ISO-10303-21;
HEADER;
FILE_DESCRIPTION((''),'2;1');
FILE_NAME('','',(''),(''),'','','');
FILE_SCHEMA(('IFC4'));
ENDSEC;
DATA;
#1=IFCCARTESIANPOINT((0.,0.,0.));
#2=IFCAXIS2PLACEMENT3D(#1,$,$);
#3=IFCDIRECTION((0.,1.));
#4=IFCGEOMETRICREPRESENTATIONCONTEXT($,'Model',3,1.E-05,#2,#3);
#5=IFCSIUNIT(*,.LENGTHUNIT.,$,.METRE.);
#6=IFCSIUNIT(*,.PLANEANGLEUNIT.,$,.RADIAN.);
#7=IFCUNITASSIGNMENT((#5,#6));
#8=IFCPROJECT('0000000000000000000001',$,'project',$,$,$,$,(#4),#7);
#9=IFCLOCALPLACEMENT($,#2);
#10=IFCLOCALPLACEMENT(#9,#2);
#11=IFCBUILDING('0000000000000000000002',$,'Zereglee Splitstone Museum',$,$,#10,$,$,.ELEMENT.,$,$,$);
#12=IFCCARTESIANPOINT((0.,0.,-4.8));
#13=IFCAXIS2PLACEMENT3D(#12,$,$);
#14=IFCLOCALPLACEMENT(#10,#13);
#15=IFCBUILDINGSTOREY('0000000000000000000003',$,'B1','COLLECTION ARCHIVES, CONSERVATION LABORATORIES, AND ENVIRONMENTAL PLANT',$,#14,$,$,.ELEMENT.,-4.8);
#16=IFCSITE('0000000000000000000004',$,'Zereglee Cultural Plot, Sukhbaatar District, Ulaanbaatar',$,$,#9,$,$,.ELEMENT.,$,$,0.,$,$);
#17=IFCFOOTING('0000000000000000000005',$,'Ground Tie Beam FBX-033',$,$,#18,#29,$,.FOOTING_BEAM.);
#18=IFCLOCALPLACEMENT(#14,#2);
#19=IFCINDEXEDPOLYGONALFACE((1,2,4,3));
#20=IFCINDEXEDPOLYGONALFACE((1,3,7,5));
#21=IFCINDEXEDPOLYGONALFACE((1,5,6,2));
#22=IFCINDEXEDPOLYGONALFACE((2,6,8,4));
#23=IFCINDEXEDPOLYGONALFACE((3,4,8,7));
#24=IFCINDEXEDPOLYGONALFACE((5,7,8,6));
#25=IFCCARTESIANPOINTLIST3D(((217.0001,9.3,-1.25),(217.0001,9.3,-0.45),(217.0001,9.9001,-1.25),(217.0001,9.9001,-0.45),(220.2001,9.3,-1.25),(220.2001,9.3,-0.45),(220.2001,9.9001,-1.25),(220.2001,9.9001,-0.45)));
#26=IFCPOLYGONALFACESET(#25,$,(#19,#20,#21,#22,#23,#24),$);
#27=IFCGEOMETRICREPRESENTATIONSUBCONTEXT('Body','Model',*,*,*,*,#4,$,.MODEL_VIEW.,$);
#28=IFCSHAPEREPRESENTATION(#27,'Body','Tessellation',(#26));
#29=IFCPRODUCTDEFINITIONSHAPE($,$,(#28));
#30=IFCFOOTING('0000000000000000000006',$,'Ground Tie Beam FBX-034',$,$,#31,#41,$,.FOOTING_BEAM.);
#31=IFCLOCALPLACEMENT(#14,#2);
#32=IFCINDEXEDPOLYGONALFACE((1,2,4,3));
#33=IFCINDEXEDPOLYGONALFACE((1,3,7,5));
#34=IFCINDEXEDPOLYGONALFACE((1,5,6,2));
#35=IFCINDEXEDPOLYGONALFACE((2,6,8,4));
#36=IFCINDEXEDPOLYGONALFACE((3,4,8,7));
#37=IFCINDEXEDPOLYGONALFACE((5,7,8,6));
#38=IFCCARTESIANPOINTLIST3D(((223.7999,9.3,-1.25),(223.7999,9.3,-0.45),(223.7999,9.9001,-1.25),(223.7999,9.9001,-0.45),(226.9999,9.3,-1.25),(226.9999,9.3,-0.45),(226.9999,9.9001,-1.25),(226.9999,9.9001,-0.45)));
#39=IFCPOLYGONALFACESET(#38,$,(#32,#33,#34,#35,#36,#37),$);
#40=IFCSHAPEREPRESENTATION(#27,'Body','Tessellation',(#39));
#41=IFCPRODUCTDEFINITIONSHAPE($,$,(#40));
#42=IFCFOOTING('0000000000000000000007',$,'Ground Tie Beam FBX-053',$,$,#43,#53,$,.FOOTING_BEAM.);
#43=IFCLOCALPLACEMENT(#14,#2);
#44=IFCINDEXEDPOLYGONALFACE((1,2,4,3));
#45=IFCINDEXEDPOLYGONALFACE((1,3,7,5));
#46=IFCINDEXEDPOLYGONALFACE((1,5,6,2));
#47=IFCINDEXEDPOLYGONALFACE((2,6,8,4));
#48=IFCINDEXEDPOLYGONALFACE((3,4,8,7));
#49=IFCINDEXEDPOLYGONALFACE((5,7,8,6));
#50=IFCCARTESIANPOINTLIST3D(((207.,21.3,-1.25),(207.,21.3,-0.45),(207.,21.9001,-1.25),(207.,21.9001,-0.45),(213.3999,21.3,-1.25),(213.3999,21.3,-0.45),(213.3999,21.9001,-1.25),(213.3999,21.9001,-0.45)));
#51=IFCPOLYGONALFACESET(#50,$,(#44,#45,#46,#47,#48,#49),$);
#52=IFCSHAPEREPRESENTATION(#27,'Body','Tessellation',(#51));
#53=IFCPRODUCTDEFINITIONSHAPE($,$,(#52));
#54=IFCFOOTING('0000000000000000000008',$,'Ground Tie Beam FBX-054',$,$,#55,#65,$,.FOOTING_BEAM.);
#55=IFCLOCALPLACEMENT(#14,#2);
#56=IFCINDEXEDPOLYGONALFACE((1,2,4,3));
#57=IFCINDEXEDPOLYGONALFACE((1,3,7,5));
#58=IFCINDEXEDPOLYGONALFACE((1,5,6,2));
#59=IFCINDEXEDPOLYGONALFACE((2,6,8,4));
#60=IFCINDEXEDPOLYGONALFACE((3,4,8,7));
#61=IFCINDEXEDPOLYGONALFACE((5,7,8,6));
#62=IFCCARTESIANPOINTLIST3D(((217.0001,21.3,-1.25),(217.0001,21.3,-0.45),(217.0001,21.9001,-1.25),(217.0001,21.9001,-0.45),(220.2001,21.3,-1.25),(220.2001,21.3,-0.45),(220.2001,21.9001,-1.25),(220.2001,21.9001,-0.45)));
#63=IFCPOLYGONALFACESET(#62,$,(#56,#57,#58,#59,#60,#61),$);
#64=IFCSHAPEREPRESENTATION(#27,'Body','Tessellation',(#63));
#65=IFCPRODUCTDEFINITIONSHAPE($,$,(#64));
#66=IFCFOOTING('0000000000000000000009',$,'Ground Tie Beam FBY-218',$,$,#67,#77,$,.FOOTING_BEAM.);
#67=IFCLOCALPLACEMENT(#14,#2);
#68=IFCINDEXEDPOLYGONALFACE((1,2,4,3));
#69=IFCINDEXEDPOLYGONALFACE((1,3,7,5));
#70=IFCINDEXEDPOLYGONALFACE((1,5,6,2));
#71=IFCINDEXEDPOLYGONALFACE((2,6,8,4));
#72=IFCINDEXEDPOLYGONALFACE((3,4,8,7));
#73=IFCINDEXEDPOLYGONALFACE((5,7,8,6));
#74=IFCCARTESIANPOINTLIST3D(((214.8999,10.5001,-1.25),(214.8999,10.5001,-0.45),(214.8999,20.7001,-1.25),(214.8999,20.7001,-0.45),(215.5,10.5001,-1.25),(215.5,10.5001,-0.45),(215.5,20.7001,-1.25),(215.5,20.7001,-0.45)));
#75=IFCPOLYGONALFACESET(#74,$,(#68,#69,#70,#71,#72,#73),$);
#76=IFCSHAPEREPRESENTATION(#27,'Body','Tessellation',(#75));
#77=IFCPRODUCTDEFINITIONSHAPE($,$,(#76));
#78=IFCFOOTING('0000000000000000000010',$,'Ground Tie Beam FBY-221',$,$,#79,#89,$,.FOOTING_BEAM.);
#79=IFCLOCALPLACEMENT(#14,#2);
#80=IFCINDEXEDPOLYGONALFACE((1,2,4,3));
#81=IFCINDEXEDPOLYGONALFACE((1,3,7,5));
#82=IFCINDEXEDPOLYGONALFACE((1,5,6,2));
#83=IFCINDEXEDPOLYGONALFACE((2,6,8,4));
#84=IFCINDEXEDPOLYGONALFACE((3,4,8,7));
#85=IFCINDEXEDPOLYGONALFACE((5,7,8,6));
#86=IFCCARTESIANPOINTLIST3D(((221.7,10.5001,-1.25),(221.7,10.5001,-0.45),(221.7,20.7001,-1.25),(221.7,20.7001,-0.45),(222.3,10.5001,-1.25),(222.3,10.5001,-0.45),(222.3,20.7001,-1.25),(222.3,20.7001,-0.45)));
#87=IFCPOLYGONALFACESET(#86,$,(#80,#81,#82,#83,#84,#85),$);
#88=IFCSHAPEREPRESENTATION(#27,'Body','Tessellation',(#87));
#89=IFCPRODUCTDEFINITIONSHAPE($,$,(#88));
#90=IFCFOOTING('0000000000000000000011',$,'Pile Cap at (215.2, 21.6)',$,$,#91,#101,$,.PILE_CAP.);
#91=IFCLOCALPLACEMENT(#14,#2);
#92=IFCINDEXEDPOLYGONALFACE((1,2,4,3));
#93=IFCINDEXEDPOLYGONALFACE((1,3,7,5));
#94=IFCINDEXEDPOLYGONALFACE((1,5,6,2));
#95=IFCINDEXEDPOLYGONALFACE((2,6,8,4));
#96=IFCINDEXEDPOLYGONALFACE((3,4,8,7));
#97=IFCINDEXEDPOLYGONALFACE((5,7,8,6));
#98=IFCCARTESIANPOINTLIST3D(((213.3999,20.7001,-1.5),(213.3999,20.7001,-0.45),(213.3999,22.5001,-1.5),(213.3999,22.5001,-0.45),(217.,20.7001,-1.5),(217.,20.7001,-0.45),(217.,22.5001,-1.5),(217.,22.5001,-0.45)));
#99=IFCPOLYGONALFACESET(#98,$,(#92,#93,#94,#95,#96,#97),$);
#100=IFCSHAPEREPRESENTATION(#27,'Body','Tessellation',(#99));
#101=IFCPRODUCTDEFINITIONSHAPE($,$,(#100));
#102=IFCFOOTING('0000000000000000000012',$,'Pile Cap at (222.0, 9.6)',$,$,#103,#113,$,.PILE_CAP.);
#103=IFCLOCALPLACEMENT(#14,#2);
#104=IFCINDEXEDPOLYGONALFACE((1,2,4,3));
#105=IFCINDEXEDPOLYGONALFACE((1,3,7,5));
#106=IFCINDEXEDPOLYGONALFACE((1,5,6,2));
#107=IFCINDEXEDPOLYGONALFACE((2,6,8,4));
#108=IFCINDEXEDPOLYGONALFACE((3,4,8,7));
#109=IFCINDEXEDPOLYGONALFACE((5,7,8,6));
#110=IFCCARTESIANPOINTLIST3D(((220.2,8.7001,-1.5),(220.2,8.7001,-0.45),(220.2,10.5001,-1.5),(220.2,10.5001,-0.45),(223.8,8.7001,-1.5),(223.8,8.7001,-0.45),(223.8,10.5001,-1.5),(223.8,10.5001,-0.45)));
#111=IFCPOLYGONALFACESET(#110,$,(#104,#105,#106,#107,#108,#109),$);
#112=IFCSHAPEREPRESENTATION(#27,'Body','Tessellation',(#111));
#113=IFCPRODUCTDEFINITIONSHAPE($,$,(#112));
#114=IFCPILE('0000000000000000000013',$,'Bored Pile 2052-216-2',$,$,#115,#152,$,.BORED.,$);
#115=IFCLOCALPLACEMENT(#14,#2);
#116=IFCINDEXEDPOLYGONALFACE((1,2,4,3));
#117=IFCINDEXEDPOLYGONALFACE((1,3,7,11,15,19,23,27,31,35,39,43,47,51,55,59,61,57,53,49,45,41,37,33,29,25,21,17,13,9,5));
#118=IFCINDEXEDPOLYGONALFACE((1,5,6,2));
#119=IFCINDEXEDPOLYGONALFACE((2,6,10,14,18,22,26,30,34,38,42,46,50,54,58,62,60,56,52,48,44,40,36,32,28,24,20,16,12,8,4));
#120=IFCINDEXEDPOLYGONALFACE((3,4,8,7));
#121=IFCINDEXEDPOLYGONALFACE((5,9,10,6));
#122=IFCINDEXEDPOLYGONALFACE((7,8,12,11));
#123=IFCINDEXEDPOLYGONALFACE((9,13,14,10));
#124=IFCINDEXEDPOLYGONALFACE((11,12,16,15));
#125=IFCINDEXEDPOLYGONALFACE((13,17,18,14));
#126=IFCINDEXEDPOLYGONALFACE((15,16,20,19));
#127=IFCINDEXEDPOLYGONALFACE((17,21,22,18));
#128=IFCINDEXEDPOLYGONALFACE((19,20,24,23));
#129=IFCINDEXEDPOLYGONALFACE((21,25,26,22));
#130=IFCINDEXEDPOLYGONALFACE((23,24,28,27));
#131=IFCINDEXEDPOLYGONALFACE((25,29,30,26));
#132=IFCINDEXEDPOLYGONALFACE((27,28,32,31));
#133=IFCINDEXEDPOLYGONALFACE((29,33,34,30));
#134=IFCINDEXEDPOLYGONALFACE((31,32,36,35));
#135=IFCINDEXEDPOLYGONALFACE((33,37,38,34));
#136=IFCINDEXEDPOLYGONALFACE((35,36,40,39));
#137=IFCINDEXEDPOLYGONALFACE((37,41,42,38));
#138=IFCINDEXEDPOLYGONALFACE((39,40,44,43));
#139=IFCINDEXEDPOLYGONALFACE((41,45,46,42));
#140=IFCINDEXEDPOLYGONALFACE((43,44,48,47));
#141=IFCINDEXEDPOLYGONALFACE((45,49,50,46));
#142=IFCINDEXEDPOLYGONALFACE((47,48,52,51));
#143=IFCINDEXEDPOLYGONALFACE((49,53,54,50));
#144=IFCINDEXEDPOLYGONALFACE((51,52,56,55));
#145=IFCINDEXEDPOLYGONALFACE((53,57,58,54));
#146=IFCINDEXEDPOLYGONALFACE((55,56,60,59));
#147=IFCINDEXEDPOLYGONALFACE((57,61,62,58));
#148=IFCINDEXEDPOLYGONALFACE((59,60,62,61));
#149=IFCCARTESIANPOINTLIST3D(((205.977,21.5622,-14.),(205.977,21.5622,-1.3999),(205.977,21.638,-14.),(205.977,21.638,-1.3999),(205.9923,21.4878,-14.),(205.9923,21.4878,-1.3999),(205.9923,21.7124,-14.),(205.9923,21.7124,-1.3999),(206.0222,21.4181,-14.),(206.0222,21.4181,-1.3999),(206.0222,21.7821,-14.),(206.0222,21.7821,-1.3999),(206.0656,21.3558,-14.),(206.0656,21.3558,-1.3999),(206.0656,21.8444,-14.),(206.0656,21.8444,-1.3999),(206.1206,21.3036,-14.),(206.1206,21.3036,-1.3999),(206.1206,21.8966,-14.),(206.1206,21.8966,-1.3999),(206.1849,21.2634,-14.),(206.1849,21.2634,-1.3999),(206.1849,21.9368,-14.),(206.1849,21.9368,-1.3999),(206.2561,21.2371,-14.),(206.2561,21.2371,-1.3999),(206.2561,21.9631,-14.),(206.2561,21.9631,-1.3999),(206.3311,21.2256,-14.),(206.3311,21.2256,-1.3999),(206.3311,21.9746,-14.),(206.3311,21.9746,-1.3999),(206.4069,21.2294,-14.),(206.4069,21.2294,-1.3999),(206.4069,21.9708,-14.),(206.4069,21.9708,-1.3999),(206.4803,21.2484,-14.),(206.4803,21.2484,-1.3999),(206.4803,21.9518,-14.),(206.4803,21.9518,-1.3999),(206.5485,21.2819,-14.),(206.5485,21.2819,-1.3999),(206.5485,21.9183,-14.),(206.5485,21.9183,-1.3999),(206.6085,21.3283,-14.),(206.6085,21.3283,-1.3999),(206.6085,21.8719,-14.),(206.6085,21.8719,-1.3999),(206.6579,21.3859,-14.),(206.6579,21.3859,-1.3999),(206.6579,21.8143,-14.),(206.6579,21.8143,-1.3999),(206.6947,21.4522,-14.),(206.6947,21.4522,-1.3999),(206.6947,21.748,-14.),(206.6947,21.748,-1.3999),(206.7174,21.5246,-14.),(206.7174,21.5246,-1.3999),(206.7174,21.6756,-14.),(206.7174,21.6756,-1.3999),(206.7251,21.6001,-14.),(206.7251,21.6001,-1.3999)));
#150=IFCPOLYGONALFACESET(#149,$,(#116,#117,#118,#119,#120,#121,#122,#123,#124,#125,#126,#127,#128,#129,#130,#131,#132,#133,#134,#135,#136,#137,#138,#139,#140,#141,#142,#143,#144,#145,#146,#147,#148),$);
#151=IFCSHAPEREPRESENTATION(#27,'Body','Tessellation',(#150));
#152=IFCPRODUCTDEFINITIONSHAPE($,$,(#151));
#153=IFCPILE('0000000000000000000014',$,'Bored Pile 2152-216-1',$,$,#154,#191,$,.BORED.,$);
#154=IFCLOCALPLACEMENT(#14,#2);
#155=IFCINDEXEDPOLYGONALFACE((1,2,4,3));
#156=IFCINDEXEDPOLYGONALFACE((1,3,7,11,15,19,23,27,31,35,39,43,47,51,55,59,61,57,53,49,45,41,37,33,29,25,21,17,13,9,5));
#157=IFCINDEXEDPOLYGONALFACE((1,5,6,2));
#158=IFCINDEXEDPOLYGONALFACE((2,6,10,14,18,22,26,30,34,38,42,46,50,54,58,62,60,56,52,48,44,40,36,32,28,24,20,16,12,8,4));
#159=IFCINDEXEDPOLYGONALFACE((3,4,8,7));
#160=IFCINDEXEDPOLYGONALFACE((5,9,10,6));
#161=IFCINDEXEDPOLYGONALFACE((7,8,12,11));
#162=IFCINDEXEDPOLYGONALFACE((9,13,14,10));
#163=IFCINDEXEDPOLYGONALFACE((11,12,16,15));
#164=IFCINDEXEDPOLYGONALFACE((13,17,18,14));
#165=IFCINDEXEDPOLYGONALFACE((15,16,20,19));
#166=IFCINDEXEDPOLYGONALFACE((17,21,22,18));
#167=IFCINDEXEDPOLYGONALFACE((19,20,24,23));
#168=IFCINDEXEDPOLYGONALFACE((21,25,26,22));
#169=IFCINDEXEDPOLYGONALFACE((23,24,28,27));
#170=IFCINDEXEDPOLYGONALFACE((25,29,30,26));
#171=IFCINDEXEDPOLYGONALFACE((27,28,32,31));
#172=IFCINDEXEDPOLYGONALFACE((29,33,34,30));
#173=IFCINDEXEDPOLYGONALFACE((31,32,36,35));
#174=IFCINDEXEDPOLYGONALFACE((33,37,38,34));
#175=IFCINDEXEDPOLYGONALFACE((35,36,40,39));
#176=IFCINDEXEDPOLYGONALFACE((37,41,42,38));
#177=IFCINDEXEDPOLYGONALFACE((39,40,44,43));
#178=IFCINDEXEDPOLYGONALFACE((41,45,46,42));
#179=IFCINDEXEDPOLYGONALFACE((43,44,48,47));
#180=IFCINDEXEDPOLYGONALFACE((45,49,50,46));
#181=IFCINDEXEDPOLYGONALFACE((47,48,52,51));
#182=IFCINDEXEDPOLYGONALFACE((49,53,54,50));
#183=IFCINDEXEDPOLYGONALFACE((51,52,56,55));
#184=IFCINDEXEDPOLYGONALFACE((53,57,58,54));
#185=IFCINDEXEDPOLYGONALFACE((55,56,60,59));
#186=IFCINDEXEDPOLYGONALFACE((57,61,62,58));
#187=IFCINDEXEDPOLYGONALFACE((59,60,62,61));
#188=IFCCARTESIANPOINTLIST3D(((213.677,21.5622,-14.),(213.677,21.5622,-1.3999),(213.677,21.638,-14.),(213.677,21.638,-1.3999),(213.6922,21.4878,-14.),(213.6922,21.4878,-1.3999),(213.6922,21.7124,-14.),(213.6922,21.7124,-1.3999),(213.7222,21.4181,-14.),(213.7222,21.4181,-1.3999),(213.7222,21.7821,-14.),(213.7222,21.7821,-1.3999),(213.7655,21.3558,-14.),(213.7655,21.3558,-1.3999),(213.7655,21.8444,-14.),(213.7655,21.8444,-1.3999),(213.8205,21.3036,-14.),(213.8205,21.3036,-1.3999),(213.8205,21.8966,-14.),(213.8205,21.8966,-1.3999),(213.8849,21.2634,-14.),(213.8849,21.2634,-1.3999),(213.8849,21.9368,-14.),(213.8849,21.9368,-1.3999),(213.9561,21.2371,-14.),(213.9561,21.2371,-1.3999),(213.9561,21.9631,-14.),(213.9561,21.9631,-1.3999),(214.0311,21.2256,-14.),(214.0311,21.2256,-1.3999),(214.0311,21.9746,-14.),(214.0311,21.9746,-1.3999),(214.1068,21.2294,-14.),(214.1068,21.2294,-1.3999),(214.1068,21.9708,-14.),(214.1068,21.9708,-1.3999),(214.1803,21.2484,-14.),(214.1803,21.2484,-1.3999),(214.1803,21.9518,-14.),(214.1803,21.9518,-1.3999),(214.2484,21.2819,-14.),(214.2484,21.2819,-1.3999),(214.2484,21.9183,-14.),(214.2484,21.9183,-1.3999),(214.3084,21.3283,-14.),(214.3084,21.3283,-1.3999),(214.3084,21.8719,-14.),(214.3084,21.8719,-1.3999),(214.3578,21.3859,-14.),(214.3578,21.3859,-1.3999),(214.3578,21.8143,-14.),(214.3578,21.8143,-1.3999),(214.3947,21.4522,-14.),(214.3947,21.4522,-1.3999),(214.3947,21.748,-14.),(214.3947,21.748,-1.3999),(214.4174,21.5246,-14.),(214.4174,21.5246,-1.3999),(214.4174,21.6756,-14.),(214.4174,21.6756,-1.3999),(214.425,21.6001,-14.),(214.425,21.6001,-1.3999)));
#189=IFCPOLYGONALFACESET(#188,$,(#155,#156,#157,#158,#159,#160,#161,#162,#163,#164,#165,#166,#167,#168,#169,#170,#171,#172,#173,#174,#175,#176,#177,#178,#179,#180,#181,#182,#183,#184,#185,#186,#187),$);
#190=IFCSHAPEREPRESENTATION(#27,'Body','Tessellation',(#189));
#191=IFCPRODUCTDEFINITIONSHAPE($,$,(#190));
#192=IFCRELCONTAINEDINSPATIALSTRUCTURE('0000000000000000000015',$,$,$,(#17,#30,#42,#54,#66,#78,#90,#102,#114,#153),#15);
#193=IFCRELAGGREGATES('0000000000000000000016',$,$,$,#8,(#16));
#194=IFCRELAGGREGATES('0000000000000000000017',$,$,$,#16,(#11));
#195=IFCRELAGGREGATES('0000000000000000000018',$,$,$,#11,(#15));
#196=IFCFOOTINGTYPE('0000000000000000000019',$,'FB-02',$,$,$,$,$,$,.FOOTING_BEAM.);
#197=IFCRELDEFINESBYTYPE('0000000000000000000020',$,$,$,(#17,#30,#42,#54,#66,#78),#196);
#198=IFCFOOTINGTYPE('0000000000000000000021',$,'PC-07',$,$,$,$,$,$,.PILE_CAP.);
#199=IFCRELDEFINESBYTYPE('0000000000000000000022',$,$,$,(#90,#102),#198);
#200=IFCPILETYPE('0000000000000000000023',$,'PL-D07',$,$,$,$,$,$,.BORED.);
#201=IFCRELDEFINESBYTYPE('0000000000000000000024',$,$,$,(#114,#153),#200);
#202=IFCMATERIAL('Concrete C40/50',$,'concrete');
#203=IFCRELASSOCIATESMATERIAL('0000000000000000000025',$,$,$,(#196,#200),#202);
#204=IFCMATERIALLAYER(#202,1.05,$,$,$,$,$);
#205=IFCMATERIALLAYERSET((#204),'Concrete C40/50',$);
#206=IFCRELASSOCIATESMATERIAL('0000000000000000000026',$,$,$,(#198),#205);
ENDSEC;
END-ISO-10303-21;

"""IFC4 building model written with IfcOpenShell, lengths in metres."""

from ifc_helpers import new_model, si_unit, direction, frame, origin, origin_2d, place, context, subcontext, project, spatial, rectangle, circle, extrude, material, layer, layer_set, material_profile, profile_set, type_object, element, save


model = new_model("IFC4")

# Units and contexts
model_context = context("Model", 3, precision=1e-05, world=origin(), true_north=direction((0.0, 1.0)))
body_context = subcontext(model_context, "Body", "Model", "MODEL_VIEW")
ifc_project = project(units=[si_unit("LENGTHUNIT", "METRE"), si_unit("PLANEANGLEUNIT", "RADIAN")], contexts=[model_context])

# Site, building, storey
site_placement = place(None, origin())
site = spatial("IfcSite", under=ifc_project, at=site_placement, Name="Zereglee Cultural Plot, Sukhbaatar District, Ulaanbaatar", CompositionType="ELEMENT", RefElevation=0.0)
building_placement = place(site_placement, origin())
building = spatial("IfcBuilding", under=site, at=building_placement, Name="Zereglee Splitstone Museum", CompositionType="ELEMENT")
storey_placement = place(building_placement, frame((0.0, 0.0, -4.8)))
storey = spatial("IfcBuildingStorey", under=building, at=storey_placement, Name="B1", Description="COLLECTION ARCHIVES, CONSERVATION LABORATORIES, AND ENVIRONMENTAL PLANT", CompositionType="ELEMENT", Elevation=-4.8)

# Footings
ifc_material_1 = material(Name="Concrete C40/50", Category="concrete")
footing_type_1 = type_object("IfcFootingType", Name="FB-02", PredefinedType="FOOTING_BEAM", material=ifc_material_1)
for number, where, z_axis, x_axis, name in (
    (1, (218.6001, 9.6001, -1.25), (0.0, 0.0, 1.0), (1.0, 0.0, 0.0), "Ground Tie Beam FBX-033"),
    (2, (225.3999, 9.6001, -1.25), (0.0, 0.0, 1.0), (1.0, 0.0, 0.0), "Ground Tie Beam FBX-034"),
):
    element("IfcFooting", number, at=place(storey_placement, frame(where, z_axis=z_axis, x_axis=x_axis)), inside=storey, type_object=footing_type_1, Name=name, PredefinedType="FOOTING_BEAM", context=body_context, shape_type="SweptSolid", body=[
        extrude(rectangle(XDim=3.2, YDim=0.6001, at=origin_2d()), origin(), (0.0, 0.0, 1.0), 0.8),
    ])
footing_1_placement = place(storey_placement, frame((210.2, 21.6001, -1.25), z_axis=(0.0, 0.0, 1.0), x_axis=(1.0, 0.0, 0.0)))
element("IfcFooting", 3, at=footing_1_placement, inside=storey, type_object=footing_type_1, Name="Ground Tie Beam FBX-053", PredefinedType="FOOTING_BEAM", context=body_context, shape_type="SweptSolid", body=[
    extrude(rectangle(XDim=6.3999, YDim=0.6001, at=origin_2d()), origin(), (0.0, 0.0, 1.0), 0.8),
])
footing_2_placement = place(storey_placement, frame((218.6001, 21.6001, -1.25), z_axis=(0.0, 0.0, 1.0), x_axis=(1.0, 0.0, 0.0)))
element("IfcFooting", 4, at=footing_2_placement, inside=storey, type_object=footing_type_1, Name="Ground Tie Beam FBX-054", PredefinedType="FOOTING_BEAM", context=body_context, shape_type="SweptSolid", body=[
    extrude(rectangle(XDim=3.2, YDim=0.6001, at=origin_2d()), origin(), (0.0, 0.0, 1.0), 0.8),
])
for number, where, z_axis, x_axis, name in (
    (5, (215.2, 15.6001, -1.25), (0.0, 0.0, 1.0), (0.0, 1.0, 0.0), "Ground Tie Beam FBY-218"),
    (6, (222.0, 15.6001, -1.25), (0.0, 0.0, 1.0), (0.0, 1.0, 0.0), "Ground Tie Beam FBY-221"),
):
    element("IfcFooting", number, at=place(storey_placement, frame(where, z_axis=z_axis, x_axis=x_axis)), inside=storey, type_object=footing_type_1, Name=name, PredefinedType="FOOTING_BEAM", context=body_context, shape_type="SweptSolid", body=[
        extrude(rectangle(XDim=10.2, YDim=0.6001, at=origin_2d()), origin(), (0.0, 0.0, 1.0), 0.8),
    ])
ifc_layer_1 = layer(ifc_material_1, 1.05)
ifc_layer_set_1 = layer_set([ifc_layer_1], Name="Concrete C40/50")
footing_type_2 = type_object("IfcFootingType", Name="PC-07", PredefinedType="PILE_CAP", material=ifc_layer_set_1)
for number, where, z_axis, x_axis, name in (
    (7, (215.2, 21.6001, -1.5), (0.0, 0.0, 1.0), (1.0, 0.0, 0.0), "Pile Cap at (215.2, 21.6)"),
    (8, (222.0, 9.6001, -1.5), (0.0, 0.0, 1.0), (1.0, 0.0, 0.0), "Pile Cap at (222.0, 9.6)"),
):
    element("IfcFooting", number, at=place(storey_placement, frame(where, z_axis=z_axis, x_axis=x_axis)), inside=storey, type_object=footing_type_2, Name=name, PredefinedType="PILE_CAP", context=body_context, shape_type="SweptSolid", body=[
        extrude(rectangle(XDim=3.6001, YDim=1.8, at=origin_2d()), origin(), (0.0, 0.0, 1.0), 1.05),
    ])

# Piles
ifc_material_profile_1 = material_profile(ifc_material_1, circle(Radius=0.375, at=origin_2d()), Name="PILE D750")
ifc_profile_set_1 = profile_set([ifc_material_profile_1], Name="Concrete C40/50")
pile_type = type_object("IfcPileType", Name="PL-D07", PredefinedType="BORED", material=ifc_profile_set_1)
for number, where, z_axis, x_axis, name in (
    (9, (206.3501, 21.6001, -1.3999), (0.0, 0.0, -1.0), (1.0, 0.0, 0.0), "Bored Pile 2052-216-2"),
    (10, (214.05, 21.6001, -1.3999), (0.0, 0.0, -1.0), (1.0, 0.0, 0.0), "Bored Pile 2152-216-1"),
):
    element("IfcPile", number, at=place(storey_placement, frame(where, z_axis=z_axis, x_axis=x_axis)), inside=storey, type_object=pile_type, Name=name, PredefinedType="BORED", context=body_context, shape_type="SweptSolid", body=[
        extrude(circle(Radius=0.375, at=origin_2d()), origin(), (0.0, 0.0, 1.0), 12.6001),
    ])

save(model, "model.ifc")
